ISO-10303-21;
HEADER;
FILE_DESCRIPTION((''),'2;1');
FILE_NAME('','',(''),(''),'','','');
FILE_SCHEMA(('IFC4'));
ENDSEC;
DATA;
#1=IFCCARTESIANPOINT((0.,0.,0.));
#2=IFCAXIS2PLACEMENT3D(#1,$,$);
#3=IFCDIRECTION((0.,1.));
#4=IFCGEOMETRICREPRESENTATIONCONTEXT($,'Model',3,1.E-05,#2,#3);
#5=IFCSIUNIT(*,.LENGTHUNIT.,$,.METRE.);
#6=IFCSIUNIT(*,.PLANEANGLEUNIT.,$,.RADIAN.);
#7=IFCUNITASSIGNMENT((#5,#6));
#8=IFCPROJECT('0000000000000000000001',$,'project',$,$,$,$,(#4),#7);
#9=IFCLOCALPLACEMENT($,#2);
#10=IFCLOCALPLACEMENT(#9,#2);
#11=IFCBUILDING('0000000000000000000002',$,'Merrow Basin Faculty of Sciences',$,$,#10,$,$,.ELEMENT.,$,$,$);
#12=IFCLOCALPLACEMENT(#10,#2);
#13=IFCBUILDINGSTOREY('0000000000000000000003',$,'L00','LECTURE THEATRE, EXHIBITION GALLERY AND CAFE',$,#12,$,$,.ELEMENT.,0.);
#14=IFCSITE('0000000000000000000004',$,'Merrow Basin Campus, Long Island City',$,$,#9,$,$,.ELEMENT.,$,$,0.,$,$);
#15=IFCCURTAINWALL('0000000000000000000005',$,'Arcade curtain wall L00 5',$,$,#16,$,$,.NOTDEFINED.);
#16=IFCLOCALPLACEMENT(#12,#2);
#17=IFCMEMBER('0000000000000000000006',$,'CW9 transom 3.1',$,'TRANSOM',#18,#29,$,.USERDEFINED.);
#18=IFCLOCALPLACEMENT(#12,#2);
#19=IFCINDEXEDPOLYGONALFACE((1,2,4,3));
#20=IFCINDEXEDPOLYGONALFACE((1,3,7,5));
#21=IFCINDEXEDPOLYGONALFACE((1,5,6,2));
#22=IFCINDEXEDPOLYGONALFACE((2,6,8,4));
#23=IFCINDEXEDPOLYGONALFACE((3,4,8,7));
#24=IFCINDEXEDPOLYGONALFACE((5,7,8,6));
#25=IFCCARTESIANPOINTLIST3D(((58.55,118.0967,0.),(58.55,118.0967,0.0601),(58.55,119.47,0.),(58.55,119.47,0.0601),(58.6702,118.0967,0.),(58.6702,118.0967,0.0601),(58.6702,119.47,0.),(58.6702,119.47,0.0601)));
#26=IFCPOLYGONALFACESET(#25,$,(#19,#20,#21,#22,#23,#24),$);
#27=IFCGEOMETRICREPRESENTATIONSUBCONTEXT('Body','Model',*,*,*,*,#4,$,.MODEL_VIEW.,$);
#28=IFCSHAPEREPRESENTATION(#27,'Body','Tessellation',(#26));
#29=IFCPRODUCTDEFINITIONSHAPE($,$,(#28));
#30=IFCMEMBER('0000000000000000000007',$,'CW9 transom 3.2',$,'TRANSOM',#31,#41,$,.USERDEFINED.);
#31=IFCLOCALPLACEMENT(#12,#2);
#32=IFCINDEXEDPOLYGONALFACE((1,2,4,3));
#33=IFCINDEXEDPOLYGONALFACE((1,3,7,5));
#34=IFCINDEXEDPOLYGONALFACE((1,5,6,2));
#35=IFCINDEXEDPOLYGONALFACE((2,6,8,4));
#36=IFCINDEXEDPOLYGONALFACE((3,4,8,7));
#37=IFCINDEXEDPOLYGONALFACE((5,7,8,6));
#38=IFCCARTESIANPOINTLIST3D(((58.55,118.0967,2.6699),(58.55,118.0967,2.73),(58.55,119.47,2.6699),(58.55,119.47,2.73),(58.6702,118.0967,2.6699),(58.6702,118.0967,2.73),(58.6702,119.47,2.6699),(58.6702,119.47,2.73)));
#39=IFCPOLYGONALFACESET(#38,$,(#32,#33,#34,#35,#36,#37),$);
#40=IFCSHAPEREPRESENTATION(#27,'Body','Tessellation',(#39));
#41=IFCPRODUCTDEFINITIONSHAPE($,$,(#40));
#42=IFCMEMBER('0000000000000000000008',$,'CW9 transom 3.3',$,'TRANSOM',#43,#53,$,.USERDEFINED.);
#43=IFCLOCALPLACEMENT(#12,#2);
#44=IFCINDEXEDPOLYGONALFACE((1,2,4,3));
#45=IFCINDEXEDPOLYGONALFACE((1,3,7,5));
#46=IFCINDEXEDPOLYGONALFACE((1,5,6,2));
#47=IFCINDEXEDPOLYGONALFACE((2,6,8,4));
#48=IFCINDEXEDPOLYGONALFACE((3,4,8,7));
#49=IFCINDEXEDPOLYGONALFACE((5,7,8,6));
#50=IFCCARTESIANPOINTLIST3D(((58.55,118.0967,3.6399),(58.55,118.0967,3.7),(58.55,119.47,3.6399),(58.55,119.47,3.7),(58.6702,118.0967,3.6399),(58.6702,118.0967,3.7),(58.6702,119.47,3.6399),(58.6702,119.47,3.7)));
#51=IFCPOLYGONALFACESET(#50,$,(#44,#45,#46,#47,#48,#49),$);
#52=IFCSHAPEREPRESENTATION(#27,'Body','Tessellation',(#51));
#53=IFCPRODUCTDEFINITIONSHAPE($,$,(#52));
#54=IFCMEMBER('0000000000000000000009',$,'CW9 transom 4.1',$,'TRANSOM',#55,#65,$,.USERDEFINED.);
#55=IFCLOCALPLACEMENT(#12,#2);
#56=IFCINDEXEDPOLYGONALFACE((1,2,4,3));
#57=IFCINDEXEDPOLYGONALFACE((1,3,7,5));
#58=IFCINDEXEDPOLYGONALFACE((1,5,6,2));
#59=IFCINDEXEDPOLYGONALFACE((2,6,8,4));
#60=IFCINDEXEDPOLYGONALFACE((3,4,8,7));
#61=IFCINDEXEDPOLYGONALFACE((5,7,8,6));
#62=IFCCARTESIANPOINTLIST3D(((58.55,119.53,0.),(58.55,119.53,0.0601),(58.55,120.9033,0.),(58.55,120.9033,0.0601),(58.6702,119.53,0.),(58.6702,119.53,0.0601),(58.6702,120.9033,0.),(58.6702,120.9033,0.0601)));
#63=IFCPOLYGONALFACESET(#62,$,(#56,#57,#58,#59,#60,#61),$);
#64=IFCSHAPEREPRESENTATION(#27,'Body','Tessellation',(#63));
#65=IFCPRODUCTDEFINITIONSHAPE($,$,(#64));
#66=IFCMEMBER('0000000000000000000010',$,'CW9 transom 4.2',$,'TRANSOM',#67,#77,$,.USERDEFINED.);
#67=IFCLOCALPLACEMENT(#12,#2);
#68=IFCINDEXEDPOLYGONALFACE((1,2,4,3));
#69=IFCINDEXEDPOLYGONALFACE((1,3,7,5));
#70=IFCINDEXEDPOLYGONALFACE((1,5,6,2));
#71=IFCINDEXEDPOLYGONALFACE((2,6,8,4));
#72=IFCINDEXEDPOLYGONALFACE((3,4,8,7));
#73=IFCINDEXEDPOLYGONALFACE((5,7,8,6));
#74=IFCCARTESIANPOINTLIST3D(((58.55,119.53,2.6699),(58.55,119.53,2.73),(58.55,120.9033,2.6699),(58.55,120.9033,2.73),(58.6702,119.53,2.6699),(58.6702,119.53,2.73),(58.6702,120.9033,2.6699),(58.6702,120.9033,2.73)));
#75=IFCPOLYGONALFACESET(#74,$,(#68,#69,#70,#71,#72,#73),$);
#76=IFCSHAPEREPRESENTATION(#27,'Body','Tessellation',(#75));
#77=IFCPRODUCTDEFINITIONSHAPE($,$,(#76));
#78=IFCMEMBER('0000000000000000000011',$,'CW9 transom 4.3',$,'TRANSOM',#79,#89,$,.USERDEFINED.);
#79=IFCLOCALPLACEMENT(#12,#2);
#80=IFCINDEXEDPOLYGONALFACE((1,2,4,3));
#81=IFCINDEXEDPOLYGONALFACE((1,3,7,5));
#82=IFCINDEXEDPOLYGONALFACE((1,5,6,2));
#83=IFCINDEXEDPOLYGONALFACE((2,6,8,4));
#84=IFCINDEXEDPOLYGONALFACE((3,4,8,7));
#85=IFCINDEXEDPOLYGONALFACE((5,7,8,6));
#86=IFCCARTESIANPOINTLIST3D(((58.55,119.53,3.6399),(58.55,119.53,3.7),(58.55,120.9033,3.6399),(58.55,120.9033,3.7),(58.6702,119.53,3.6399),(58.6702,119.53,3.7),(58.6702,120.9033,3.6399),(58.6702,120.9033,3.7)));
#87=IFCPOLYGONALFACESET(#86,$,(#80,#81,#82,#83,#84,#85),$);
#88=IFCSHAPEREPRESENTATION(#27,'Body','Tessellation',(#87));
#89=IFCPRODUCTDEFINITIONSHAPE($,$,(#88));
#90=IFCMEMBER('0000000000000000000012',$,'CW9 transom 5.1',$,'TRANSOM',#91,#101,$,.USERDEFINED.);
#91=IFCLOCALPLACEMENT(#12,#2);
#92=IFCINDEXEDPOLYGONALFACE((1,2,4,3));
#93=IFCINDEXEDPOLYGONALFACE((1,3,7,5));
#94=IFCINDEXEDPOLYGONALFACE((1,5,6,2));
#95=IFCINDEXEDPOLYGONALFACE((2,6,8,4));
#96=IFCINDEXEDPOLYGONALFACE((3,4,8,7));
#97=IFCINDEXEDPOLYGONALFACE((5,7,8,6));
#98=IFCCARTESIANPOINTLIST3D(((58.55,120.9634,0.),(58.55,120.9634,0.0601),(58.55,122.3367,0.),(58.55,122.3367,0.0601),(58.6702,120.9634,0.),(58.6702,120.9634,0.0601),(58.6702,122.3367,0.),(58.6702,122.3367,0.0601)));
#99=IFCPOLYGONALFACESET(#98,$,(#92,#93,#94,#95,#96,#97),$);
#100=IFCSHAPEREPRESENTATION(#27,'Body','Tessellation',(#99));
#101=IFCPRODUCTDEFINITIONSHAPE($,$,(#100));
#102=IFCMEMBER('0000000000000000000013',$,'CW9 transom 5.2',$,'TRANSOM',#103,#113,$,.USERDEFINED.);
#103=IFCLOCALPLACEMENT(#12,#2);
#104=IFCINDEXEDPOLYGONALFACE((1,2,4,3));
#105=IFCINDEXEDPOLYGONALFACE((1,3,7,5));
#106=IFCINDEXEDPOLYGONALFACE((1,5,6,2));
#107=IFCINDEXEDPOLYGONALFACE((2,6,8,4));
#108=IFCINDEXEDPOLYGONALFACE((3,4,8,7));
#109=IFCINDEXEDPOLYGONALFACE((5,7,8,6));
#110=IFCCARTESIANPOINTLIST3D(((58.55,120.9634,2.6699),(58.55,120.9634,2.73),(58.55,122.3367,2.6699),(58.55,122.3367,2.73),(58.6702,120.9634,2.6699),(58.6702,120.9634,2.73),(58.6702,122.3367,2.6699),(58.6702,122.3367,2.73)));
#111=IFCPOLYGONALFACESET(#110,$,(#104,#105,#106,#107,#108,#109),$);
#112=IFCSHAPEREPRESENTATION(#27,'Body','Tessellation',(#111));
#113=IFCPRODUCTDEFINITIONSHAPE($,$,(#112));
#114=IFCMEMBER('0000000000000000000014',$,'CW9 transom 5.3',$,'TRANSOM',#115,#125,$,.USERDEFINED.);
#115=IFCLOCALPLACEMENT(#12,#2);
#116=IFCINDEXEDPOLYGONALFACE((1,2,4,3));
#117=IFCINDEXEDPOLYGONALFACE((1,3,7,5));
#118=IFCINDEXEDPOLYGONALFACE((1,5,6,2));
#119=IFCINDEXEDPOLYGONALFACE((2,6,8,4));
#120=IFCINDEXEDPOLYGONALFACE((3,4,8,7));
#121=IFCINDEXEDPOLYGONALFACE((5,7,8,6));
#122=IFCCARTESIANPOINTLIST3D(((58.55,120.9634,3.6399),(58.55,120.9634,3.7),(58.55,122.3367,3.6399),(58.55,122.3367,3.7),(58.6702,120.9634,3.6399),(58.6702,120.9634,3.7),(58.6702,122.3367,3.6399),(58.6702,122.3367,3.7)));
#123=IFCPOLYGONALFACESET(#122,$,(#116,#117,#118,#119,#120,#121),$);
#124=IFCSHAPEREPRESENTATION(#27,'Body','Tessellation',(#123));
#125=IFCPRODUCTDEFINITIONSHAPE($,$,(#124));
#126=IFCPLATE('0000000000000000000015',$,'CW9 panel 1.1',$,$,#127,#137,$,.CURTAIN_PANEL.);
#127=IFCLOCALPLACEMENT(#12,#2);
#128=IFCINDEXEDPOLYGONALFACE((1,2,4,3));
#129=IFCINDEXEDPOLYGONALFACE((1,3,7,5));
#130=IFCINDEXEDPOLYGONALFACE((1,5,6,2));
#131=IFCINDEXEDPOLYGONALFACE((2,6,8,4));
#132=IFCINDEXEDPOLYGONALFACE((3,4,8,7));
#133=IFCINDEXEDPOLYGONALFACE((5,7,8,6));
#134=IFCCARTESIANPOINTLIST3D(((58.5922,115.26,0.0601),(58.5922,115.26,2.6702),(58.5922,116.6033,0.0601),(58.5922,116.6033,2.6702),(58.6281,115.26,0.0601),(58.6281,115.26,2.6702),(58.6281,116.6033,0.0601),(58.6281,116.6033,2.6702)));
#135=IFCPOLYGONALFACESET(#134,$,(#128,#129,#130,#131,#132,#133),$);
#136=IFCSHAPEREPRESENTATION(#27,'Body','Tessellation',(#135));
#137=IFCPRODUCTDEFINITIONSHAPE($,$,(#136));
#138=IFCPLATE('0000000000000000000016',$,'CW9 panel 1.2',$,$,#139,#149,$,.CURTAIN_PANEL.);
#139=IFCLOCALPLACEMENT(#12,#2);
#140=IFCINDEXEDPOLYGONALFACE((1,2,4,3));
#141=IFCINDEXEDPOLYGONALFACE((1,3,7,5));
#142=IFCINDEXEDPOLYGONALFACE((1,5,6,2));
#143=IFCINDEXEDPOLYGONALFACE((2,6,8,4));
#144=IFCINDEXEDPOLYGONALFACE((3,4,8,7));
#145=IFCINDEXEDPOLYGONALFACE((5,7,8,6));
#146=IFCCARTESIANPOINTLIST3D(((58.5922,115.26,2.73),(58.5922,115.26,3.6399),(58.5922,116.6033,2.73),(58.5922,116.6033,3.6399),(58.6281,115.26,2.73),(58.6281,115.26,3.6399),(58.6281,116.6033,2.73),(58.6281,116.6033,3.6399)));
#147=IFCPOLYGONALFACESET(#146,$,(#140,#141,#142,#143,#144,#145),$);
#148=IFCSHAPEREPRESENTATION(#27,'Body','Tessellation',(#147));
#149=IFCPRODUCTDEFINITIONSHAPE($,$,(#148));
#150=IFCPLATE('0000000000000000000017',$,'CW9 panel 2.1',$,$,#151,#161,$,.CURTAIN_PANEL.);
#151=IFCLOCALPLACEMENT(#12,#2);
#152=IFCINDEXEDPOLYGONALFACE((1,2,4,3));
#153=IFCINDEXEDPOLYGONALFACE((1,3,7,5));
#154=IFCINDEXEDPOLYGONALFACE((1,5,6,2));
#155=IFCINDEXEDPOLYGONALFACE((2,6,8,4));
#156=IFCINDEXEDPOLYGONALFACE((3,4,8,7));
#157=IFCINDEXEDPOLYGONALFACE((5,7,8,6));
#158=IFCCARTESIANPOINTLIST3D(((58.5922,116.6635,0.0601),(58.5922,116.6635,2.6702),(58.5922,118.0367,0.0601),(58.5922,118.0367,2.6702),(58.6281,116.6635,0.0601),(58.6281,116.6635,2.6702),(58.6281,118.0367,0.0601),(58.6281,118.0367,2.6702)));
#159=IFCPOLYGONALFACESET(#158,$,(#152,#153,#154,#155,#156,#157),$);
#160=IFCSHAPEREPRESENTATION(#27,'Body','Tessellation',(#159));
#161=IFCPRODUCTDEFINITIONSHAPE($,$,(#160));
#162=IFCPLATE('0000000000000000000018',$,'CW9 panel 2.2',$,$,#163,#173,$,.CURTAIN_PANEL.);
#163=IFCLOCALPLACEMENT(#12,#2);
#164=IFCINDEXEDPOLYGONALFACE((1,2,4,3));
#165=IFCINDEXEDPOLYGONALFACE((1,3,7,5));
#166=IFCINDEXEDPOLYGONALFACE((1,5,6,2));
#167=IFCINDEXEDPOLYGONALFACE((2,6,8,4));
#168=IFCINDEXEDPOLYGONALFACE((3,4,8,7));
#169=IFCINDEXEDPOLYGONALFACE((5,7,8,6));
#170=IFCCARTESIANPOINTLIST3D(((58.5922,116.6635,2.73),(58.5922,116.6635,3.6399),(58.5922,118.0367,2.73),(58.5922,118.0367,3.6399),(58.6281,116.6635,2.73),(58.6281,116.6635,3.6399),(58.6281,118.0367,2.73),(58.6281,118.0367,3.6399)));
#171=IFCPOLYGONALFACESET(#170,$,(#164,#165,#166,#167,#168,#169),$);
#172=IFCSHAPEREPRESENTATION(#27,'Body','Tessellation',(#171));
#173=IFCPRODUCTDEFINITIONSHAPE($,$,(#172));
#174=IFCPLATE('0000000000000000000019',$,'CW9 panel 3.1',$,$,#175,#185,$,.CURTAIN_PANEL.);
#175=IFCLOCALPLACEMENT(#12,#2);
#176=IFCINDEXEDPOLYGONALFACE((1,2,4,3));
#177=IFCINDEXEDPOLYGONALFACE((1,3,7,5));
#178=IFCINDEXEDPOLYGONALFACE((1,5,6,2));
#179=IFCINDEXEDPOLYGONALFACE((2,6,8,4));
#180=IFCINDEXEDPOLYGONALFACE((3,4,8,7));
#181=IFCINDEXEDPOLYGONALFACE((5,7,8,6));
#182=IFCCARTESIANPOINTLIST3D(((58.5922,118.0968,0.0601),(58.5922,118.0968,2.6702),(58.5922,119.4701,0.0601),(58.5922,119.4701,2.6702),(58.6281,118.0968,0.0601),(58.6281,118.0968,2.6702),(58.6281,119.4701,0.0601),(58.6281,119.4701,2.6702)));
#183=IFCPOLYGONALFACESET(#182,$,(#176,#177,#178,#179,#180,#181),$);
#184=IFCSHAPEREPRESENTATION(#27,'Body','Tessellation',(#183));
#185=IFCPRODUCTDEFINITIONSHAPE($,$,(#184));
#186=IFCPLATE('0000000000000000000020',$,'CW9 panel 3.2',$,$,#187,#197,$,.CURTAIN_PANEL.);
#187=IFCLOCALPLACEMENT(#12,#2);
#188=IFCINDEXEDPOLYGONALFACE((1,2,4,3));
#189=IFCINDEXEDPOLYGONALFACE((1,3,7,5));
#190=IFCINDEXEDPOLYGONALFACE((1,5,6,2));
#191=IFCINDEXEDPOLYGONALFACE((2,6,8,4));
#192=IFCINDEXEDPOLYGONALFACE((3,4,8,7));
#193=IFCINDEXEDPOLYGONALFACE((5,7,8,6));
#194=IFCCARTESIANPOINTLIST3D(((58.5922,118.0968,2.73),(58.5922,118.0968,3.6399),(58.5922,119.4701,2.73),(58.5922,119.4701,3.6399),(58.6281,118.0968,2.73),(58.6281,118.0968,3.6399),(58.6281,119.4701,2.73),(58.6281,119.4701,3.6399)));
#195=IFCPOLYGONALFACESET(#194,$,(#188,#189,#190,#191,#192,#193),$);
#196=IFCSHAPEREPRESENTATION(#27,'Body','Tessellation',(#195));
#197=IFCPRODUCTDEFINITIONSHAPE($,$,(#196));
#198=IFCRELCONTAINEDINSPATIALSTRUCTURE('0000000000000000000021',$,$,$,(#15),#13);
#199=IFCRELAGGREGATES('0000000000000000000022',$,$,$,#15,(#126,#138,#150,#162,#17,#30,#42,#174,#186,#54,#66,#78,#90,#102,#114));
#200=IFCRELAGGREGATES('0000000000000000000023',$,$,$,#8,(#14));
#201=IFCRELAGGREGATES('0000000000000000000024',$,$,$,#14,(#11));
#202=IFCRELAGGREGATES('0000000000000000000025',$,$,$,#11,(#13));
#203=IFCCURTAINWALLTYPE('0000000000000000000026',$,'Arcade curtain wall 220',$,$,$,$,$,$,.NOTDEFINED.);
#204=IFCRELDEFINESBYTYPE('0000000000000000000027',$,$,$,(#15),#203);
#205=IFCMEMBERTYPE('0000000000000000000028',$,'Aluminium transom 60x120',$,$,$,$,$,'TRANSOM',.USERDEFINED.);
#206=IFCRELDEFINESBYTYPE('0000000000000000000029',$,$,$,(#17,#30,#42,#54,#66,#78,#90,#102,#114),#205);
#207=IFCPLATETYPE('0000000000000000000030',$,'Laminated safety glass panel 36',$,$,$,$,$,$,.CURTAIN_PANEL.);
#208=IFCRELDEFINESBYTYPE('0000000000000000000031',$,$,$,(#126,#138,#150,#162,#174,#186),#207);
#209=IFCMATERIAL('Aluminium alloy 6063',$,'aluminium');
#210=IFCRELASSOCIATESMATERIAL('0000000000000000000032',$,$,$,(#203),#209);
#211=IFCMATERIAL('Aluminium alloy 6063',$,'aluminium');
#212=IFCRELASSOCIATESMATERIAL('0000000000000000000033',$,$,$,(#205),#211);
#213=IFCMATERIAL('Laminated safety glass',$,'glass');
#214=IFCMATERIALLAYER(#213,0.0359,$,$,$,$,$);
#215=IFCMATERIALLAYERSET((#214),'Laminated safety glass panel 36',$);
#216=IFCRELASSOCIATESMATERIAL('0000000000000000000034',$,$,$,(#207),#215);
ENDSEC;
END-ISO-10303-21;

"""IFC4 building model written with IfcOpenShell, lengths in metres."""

from ifc_helpers import new_model, si_unit, direction, frame, origin, origin_2d, place, context, subcontext, project, spatial, rectangle, extrude, material, layer, layer_set, material_profile, profile_set, type_object, element, aggregate, save


model = new_model("IFC4")

# Units and contexts
model_context = context("Model", 3, precision=1e-05, world=origin(), true_north=direction((0.0, 1.0)))
body_context = subcontext(model_context, "Body", "Model", "MODEL_VIEW")
ifc_project = project(units=[si_unit("LENGTHUNIT", "METRE"), si_unit("PLANEANGLEUNIT", "RADIAN")], contexts=[model_context])

# Site, building, storey
site_placement = place(None, origin())
site = spatial("IfcSite", under=ifc_project, at=site_placement, Name="Merrow Basin Campus, Long Island City", CompositionType="ELEMENT", RefElevation=0.0)
building_placement = place(site_placement, origin())
building = spatial("IfcBuilding", under=site, at=building_placement, Name="Merrow Basin Faculty of Sciences", CompositionType="ELEMENT")
storey_placement = place(building_placement, origin())
storey = spatial("IfcBuildingStorey", under=building, at=storey_placement, Name="L00", Description="LECTURE THEATRE, EXHIBITION GALLERY AND CAFE", CompositionType="ELEMENT", Elevation=0.0)

# Curtain wall, members, plates
ifc_material_1 = material(Name="Aluminium alloy 6063", Category="aluminium")
curtain_wall_type = type_object("IfcCurtainWallType", Name="Arcade curtain wall 220", PredefinedType="NOTDEFINED", material=ifc_material_1)
curtain_wall_placement = place(storey_placement, origin())
curtain_wall = element("IfcCurtainWall", 1, at=curtain_wall_placement, inside=storey, type_object=curtain_wall_type, Name="Arcade curtain wall L00 5", PredefinedType="NOTDEFINED")
ifc_material_2 = material(Name="Aluminium alloy 6063", Category="aluminium")
ifc_material_profile_1 = material_profile(ifc_material_2, rectangle(XDim=0.1201, YDim=0.0601, at=origin_2d()))
ifc_profile_set_1 = profile_set([ifc_material_profile_1], Name="Aluminium alloy 6063")
member_type_1 = type_object("IfcMemberType", Name="Aluminium transom 60x120", ElementType="TRANSOM", PredefinedType="USERDEFINED", material=ifc_profile_set_1)
member_1_placement = place(storey_placement, frame((58.6101, 118.0967, 0.03), z_axis=(0.0, 1.0, 0.0), x_axis=(-1.0, 0.0, 0.0)))
member_1 = element("IfcMember", 2, at=member_1_placement, type_object=member_type_1, Name="CW9 transom 3.1", ObjectType="TRANSOM", PredefinedType="USERDEFINED", context=body_context, shape_type="SweptSolid", body=[
    extrude(rectangle(XDim=0.1201, YDim=0.0601, at=origin_2d()), origin(), (0.0, 0.0, 1.0), 1.3733),
])
member_2_placement = place(storey_placement, frame((58.6101, 118.0967, 2.7), z_axis=(0.0, 1.0, 0.0), x_axis=(-1.0, 0.0, 0.0)))
member_2 = element("IfcMember", 3, at=member_2_placement, type_object=member_type_1, Name="CW9 transom 3.2", ObjectType="TRANSOM", PredefinedType="USERDEFINED", context=body_context, shape_type="SweptSolid", body=[
    extrude(rectangle(XDim=0.1201, YDim=0.0601, at=origin_2d()), origin(), (0.0, 0.0, 1.0), 1.3733),
])
member_3_placement = place(storey_placement, frame((58.6101, 118.0967, 3.6699), z_axis=(0.0, 1.0, 0.0), x_axis=(-1.0, 0.0, 0.0)))
member_3 = element("IfcMember", 4, at=member_3_placement, type_object=member_type_1, Name="CW9 transom 3.3", ObjectType="TRANSOM", PredefinedType="USERDEFINED", context=body_context, shape_type="SweptSolid", body=[
    extrude(rectangle(XDim=0.1201, YDim=0.0601, at=origin_2d()), origin(), (0.0, 0.0, 1.0), 1.3733),
])
member_4_placement = place(storey_placement, frame((58.6101, 119.53, 0.03), z_axis=(0.0, 1.0, 0.0), x_axis=(-1.0, 0.0, 0.0)))
member_4 = element("IfcMember", 5, at=member_4_placement, type_object=member_type_1, Name="CW9 transom 4.1", ObjectType="TRANSOM", PredefinedType="USERDEFINED", context=body_context, shape_type="SweptSolid", body=[
    extrude(rectangle(XDim=0.1201, YDim=0.0601, at=origin_2d()), origin(), (0.0, 0.0, 1.0), 1.3733),
])
member_5_placement = place(storey_placement, frame((58.6101, 119.53, 2.7), z_axis=(0.0, 1.0, 0.0), x_axis=(-1.0, 0.0, 0.0)))
member_5 = element("IfcMember", 6, at=member_5_placement, type_object=member_type_1, Name="CW9 transom 4.2", ObjectType="TRANSOM", PredefinedType="USERDEFINED", context=body_context, shape_type="SweptSolid", body=[
    extrude(rectangle(XDim=0.1201, YDim=0.0601, at=origin_2d()), origin(), (0.0, 0.0, 1.0), 1.3733),
])
member_6_placement = place(storey_placement, frame((58.6101, 119.53, 3.6699), z_axis=(0.0, 1.0, 0.0), x_axis=(-1.0, 0.0, 0.0)))
member_6 = element("IfcMember", 7, at=member_6_placement, type_object=member_type_1, Name="CW9 transom 4.3", ObjectType="TRANSOM", PredefinedType="USERDEFINED", context=body_context, shape_type="SweptSolid", body=[
    extrude(rectangle(XDim=0.1201, YDim=0.0601, at=origin_2d()), origin(), (0.0, 0.0, 1.0), 1.3733),
])
member_7_placement = place(storey_placement, frame((58.6101, 120.9634, 0.03), z_axis=(0.0, 1.0, 0.0), x_axis=(-1.0, 0.0, 0.0)))
member_7 = element("IfcMember", 8, at=member_7_placement, type_object=member_type_1, Name="CW9 transom 5.1", ObjectType="TRANSOM", PredefinedType="USERDEFINED", context=body_context, shape_type="SweptSolid", body=[
    extrude(rectangle(XDim=0.1201, YDim=0.0601, at=origin_2d()), origin(), (0.0, 0.0, 1.0), 1.3733),
])
member_8_placement = place(storey_placement, frame((58.6101, 120.9634, 2.7), z_axis=(0.0, 1.0, 0.0), x_axis=(-1.0, 0.0, 0.0)))
member_8 = element("IfcMember", 9, at=member_8_placement, type_object=member_type_1, Name="CW9 transom 5.2", ObjectType="TRANSOM", PredefinedType="USERDEFINED", context=body_context, shape_type="SweptSolid", body=[
    extrude(rectangle(XDim=0.1201, YDim=0.0601, at=origin_2d()), origin(), (0.0, 0.0, 1.0), 1.3733),
])
member_9_placement = place(storey_placement, frame((58.6101, 120.9634, 3.6699), z_axis=(0.0, 1.0, 0.0), x_axis=(-1.0, 0.0, 0.0)))
member_9 = element("IfcMember", 10, at=member_9_placement, type_object=member_type_1, Name="CW9 transom 5.3", ObjectType="TRANSOM", PredefinedType="USERDEFINED", context=body_context, shape_type="SweptSolid", body=[
    extrude(rectangle(XDim=0.1201, YDim=0.0601, at=origin_2d()), origin(), (0.0, 0.0, 1.0), 1.3733),
])
ifc_material_3 = material(Name="Laminated safety glass", Category="glass")
ifc_layer_1 = layer(ifc_material_3, 0.0359)
ifc_layer_set_1 = layer_set([ifc_layer_1], Name="Laminated safety glass panel 36")
plate_type = type_object("IfcPlateType", Name="Laminated safety glass panel 36", PredefinedType="CURTAIN_PANEL", material=ifc_layer_set_1)
plate_1_placement = place(storey_placement, frame((58.6101, 115.9316, 0.0601), z_axis=(0.0, 0.0, 1.0), x_axis=(0.0, 1.0, 0.0)))
plate_1 = element("IfcPlate", 11, at=plate_1_placement, type_object=plate_type, Name="CW9 panel 1.1", PredefinedType="CURTAIN_PANEL", context=body_context, shape_type="SweptSolid", body=[
    extrude(rectangle(XDim=1.3433, YDim=0.0359, at=origin_2d()), origin(), (0.0, 0.0, 1.0), 2.6101),
])
plate_2_placement = place(storey_placement, frame((58.6101, 115.9316, 2.73), z_axis=(0.0, 0.0, 1.0), x_axis=(0.0, 1.0, 0.0)))
plate_2 = element("IfcPlate", 12, at=plate_2_placement, type_object=plate_type, Name="CW9 panel 1.2", PredefinedType="CURTAIN_PANEL", context=body_context, shape_type="SweptSolid", body=[
    extrude(rectangle(XDim=1.3433, YDim=0.0359, at=origin_2d()), origin(), (0.0, 0.0, 1.0), 0.9099),
])
plate_3_placement = place(storey_placement, frame((58.6101, 117.3501, 0.0601), z_axis=(0.0, 0.0, 1.0), x_axis=(0.0, 1.0, 0.0)))
plate_3 = element("IfcPlate", 13, at=plate_3_placement, type_object=plate_type, Name="CW9 panel 2.1", PredefinedType="CURTAIN_PANEL", context=body_context, shape_type="SweptSolid", body=[
    extrude(rectangle(XDim=1.3733, YDim=0.0359, at=origin_2d()), origin(), (0.0, 0.0, 1.0), 2.6101),
])
plate_4_placement = place(storey_placement, frame((58.6101, 117.3501, 2.73), z_axis=(0.0, 0.0, 1.0), x_axis=(0.0, 1.0, 0.0)))
plate_4 = element("IfcPlate", 14, at=plate_4_placement, type_object=plate_type, Name="CW9 panel 2.2", PredefinedType="CURTAIN_PANEL", context=body_context, shape_type="SweptSolid", body=[
    extrude(rectangle(XDim=1.3733, YDim=0.0359, at=origin_2d()), origin(), (0.0, 0.0, 1.0), 0.9099),
])
plate_5_placement = place(storey_placement, frame((58.6101, 118.7834, 0.0601), z_axis=(0.0, 0.0, 1.0), x_axis=(0.0, 1.0, 0.0)))
plate_5 = element("IfcPlate", 15, at=plate_5_placement, type_object=plate_type, Name="CW9 panel 3.1", PredefinedType="CURTAIN_PANEL", context=body_context, shape_type="SweptSolid", body=[
    extrude(rectangle(XDim=1.3733, YDim=0.0359, at=origin_2d()), origin(), (0.0, 0.0, 1.0), 2.6101),
])
plate_6_placement = place(storey_placement, frame((58.6101, 118.7834, 2.73), z_axis=(0.0, 0.0, 1.0), x_axis=(0.0, 1.0, 0.0)))
plate_6 = element("IfcPlate", 16, at=plate_6_placement, type_object=plate_type, Name="CW9 panel 3.2", PredefinedType="CURTAIN_PANEL", context=body_context, shape_type="SweptSolid", body=[
    extrude(rectangle(XDim=1.3733, YDim=0.0359, at=origin_2d()), origin(), (0.0, 0.0, 1.0), 0.9099),
])
aggregate(curtain_wall, [plate_1, plate_2, plate_3, plate_4, member_1, member_2, member_3, plate_5, plate_6, member_4, member_5, member_6, member_7, member_8, member_9])

save(model, "model.ifc")
